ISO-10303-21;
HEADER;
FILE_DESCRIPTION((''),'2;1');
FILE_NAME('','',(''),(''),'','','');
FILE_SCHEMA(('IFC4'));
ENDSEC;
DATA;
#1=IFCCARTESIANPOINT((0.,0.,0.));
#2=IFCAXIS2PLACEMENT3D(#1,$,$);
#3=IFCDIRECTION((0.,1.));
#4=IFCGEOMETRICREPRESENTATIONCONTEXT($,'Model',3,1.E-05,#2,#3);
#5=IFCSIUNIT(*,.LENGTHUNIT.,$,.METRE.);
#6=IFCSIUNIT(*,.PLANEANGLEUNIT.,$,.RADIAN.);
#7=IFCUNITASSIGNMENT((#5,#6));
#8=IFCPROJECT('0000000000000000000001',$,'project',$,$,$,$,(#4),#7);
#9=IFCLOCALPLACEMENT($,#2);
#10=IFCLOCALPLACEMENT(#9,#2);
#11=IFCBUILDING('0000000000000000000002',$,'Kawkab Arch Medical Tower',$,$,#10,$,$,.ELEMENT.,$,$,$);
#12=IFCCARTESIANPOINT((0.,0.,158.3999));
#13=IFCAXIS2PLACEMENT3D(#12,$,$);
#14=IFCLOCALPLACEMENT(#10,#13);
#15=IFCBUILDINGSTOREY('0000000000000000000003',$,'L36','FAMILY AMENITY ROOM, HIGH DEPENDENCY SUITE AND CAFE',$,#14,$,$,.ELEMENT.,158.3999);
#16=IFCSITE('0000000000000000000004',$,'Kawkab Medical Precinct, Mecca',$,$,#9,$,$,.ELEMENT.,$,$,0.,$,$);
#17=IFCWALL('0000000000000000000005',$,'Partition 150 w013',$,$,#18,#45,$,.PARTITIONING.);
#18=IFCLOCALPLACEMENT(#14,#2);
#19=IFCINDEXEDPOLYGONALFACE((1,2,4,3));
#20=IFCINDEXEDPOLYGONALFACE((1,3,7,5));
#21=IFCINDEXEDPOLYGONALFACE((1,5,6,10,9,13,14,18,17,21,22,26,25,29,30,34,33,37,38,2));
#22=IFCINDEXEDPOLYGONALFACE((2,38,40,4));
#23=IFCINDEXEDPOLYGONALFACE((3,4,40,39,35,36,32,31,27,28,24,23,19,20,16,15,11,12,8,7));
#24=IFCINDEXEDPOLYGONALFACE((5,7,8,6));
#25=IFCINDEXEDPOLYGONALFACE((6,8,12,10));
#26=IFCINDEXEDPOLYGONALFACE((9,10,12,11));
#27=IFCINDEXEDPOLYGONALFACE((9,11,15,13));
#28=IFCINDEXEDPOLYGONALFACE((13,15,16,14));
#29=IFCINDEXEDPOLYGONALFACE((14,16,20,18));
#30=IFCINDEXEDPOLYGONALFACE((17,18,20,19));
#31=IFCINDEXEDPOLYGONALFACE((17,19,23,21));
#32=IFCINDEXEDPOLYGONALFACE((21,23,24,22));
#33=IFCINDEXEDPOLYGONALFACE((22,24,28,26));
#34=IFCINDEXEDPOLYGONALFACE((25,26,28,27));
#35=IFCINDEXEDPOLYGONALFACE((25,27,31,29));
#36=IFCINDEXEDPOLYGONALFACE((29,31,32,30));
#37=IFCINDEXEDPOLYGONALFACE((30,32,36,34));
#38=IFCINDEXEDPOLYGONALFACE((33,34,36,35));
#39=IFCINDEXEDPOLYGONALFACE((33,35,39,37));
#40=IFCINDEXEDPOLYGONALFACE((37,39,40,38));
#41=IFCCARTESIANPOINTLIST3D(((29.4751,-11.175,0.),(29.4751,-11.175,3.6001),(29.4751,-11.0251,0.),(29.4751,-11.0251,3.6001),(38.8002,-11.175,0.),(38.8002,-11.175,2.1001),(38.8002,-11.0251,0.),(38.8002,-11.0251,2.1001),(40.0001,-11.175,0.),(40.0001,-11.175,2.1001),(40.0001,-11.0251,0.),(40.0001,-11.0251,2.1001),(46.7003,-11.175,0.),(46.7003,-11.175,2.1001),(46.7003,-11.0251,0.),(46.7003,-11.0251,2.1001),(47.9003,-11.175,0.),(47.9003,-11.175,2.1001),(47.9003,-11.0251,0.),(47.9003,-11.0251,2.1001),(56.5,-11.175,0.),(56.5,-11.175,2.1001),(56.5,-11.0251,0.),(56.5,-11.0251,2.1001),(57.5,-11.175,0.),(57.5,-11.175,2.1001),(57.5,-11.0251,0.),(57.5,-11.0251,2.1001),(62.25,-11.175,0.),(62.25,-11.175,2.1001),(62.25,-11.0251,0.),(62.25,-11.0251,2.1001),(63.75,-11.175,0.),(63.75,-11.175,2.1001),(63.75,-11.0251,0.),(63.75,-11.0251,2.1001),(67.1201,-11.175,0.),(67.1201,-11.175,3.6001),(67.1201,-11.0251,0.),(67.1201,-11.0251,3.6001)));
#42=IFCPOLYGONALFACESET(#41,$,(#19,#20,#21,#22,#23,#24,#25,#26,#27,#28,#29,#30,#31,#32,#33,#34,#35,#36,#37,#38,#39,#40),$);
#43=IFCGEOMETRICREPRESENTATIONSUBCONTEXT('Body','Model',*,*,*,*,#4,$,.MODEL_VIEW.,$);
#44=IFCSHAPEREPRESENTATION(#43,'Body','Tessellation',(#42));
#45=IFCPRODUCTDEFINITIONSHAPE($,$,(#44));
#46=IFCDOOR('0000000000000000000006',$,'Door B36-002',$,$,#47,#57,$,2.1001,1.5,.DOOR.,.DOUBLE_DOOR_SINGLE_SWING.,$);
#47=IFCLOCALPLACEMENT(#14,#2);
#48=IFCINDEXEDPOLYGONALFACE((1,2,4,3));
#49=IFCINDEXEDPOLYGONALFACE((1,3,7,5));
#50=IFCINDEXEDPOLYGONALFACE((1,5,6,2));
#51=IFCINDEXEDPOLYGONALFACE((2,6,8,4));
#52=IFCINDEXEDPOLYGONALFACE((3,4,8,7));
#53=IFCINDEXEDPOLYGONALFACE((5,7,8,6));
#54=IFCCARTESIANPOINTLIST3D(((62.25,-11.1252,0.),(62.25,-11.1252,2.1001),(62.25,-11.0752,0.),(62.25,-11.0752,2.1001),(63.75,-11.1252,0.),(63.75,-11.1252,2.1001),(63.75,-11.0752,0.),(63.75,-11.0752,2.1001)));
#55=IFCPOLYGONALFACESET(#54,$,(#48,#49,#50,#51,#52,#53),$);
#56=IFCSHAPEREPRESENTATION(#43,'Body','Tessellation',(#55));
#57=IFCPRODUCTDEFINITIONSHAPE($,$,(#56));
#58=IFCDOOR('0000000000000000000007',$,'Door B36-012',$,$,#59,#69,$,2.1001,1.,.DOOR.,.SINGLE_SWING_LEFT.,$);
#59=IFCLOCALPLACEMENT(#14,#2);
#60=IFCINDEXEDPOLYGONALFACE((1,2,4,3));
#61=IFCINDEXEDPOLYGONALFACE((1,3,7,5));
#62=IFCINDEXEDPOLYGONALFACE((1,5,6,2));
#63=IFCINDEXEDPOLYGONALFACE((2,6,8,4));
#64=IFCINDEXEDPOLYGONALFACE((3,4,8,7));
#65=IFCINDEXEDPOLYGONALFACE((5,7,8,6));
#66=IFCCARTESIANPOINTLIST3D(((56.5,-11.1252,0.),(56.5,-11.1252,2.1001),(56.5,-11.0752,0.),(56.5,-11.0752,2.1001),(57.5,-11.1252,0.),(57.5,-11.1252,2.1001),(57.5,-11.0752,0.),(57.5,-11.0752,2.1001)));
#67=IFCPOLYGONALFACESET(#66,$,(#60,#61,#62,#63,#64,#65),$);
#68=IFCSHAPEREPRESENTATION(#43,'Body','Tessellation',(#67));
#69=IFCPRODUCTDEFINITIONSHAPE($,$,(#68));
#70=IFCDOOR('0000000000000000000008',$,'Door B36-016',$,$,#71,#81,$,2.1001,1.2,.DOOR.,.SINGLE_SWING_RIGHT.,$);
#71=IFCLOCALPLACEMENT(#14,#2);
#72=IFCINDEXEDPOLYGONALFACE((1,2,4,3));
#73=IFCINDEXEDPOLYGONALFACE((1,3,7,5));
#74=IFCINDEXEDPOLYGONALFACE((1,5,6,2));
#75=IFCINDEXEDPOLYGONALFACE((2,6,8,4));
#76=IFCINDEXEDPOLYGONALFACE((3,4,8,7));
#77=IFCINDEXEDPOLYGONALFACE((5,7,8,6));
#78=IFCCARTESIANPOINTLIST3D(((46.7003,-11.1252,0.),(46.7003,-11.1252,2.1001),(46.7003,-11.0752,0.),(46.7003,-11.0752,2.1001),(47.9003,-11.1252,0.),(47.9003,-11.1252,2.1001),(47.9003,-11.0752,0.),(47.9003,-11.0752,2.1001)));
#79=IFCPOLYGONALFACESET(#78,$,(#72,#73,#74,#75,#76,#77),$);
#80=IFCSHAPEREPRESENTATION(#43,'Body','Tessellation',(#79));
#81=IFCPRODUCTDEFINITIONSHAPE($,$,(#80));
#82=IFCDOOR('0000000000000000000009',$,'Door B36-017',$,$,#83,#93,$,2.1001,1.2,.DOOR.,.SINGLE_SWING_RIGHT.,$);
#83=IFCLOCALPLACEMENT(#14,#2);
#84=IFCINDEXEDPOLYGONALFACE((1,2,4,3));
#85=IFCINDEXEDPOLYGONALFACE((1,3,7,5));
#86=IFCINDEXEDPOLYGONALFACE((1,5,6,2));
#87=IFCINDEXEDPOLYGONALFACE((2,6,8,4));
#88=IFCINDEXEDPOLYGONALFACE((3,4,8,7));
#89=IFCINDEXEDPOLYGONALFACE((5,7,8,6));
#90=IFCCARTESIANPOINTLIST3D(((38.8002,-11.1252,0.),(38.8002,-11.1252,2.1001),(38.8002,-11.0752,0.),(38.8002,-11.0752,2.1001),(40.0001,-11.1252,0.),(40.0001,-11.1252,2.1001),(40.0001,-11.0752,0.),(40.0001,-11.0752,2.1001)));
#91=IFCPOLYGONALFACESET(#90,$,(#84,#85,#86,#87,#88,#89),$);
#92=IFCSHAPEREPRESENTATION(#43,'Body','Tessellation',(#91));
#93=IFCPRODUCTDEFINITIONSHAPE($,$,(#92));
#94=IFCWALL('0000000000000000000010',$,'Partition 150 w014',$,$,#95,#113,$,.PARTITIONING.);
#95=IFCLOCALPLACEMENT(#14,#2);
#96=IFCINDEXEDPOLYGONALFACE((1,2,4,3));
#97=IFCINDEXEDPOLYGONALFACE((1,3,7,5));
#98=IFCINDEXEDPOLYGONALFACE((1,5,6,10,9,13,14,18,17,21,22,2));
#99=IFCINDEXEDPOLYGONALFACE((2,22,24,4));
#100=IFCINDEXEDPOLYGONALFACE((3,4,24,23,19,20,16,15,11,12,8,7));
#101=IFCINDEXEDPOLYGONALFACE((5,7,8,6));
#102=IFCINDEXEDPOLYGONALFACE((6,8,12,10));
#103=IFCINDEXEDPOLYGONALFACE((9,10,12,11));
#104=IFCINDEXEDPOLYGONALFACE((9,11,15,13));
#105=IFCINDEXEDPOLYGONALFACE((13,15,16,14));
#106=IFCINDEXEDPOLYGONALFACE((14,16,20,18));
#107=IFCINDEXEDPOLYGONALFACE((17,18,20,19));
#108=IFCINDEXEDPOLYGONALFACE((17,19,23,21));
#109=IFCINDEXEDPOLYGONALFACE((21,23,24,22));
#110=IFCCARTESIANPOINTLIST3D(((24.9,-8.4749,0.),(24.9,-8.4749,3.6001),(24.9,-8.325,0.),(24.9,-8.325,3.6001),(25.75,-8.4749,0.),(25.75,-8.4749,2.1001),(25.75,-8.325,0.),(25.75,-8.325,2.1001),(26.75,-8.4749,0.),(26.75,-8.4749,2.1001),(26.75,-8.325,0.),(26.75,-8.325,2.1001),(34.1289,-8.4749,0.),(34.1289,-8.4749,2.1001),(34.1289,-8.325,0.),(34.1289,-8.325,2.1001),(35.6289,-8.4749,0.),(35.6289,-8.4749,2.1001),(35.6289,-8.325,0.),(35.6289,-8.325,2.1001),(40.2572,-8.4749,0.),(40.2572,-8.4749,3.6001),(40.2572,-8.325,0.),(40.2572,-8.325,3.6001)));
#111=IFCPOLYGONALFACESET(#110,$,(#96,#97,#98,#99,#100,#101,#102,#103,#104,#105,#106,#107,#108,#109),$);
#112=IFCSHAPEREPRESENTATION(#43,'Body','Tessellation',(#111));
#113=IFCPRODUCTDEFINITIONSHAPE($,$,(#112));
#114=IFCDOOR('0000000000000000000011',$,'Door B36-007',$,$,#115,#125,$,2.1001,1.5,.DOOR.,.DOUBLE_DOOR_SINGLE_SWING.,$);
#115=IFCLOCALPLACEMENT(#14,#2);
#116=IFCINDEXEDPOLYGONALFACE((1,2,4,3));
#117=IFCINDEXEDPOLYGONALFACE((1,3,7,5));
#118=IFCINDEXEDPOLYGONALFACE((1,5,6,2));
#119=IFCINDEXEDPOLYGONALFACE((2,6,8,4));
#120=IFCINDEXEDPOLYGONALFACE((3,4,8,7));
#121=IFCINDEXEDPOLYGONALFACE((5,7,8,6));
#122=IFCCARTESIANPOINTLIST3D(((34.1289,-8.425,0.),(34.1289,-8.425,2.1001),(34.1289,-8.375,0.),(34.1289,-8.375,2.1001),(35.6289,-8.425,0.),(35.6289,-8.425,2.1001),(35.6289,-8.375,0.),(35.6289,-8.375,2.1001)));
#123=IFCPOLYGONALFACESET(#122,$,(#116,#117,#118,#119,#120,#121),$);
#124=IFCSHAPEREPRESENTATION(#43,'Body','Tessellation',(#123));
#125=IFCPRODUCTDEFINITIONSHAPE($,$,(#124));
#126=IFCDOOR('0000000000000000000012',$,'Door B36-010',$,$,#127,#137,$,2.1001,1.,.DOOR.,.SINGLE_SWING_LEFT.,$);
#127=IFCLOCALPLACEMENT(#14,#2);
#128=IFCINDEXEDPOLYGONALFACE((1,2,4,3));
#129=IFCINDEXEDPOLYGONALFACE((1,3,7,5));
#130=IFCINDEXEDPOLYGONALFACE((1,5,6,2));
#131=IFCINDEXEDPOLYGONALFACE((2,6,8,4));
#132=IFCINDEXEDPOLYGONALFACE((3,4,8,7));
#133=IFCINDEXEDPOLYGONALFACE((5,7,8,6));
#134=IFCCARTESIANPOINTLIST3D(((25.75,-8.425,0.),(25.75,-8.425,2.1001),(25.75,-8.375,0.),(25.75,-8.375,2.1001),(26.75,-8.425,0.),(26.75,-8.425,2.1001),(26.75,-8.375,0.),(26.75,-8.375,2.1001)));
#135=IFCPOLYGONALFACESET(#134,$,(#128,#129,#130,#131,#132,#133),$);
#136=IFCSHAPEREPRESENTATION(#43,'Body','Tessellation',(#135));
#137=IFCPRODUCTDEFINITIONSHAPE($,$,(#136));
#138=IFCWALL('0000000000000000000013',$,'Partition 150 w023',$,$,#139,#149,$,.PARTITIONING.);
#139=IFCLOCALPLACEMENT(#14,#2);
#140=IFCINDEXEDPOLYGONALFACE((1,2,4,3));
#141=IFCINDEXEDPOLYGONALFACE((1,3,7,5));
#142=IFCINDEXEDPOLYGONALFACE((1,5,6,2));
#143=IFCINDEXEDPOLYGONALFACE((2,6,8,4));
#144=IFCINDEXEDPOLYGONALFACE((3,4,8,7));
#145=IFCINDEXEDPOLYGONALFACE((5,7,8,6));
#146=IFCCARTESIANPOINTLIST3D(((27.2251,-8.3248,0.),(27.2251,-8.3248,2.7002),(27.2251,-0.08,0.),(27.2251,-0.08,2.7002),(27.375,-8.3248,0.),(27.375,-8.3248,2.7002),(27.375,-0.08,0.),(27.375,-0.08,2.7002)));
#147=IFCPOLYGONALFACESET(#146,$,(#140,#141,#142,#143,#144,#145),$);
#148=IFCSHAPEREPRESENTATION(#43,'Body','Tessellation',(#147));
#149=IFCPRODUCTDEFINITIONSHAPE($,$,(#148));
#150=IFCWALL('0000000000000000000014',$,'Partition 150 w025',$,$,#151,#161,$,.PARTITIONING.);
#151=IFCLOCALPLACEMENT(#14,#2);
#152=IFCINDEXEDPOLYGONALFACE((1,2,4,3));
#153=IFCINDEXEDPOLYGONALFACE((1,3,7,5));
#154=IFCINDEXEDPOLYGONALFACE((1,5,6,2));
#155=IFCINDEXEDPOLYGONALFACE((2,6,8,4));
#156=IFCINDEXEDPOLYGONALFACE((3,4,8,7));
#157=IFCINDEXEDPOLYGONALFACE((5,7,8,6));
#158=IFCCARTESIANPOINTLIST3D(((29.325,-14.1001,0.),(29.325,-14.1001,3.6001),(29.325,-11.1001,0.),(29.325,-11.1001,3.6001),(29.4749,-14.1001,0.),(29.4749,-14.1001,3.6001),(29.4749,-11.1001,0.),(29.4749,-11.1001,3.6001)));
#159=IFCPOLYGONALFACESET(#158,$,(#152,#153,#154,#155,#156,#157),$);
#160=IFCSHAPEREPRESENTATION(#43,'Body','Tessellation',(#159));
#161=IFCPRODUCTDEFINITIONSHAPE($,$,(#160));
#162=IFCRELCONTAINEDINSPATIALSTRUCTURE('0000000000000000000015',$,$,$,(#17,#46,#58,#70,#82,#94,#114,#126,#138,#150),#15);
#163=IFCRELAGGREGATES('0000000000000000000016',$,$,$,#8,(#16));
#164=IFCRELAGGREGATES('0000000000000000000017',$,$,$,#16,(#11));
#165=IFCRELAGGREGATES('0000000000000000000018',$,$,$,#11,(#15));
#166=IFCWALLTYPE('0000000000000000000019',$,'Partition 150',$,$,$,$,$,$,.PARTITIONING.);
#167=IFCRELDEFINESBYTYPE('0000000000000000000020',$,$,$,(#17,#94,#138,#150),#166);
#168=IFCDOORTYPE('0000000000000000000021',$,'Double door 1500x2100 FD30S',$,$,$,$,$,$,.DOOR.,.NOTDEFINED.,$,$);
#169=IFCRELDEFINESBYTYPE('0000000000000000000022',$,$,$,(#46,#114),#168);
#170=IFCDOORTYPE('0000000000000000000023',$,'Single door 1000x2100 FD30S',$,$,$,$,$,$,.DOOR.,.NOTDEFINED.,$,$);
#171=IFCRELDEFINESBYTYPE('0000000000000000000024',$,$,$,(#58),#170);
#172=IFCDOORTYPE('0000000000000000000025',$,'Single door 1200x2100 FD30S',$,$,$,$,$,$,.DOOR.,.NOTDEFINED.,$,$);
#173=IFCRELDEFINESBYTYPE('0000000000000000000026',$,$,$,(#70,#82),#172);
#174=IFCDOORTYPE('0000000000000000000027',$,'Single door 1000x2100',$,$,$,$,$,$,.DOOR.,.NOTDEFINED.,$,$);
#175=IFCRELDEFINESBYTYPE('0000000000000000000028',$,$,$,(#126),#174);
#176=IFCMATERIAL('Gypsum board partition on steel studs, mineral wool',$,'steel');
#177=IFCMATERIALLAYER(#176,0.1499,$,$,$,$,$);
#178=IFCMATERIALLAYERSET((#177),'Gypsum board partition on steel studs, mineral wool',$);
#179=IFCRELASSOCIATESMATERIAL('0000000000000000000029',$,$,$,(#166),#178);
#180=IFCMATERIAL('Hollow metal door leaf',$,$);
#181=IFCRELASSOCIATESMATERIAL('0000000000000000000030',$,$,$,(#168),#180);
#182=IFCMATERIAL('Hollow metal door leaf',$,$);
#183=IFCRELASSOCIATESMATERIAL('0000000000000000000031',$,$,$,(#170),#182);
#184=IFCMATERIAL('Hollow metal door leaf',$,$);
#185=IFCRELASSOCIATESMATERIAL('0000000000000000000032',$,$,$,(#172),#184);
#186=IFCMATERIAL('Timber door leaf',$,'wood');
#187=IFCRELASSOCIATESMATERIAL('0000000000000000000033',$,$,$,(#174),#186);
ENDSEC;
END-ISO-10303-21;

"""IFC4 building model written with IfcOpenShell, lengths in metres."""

from ifc_helpers import new_model, si_unit, direction, frame, frame_2d, origin, place, context, subcontext, project, spatial, rectangle, extrude, material, layer, layer_set, type_object, element, fill, save


model = new_model("IFC4")

# Units and contexts
model_context = context("Model", 3, precision=1e-05, world=origin(), true_north=direction((0.0, 1.0)))
body_context = subcontext(model_context, "Body", "Model", "MODEL_VIEW")
ifc_project = project(units=[si_unit("LENGTHUNIT", "METRE"), si_unit("PLANEANGLEUNIT", "RADIAN")], contexts=[model_context])

# Site, building, storey
site_placement = place(None, origin())
site = spatial("IfcSite", under=ifc_project, at=site_placement, Name="Kawkab Medical Precinct, Mecca", CompositionType="ELEMENT", RefElevation=0.0)
building_placement = place(site_placement, origin())
building = spatial("IfcBuilding", under=site, at=building_placement, Name="Kawkab Arch Medical Tower", CompositionType="ELEMENT")
storey_placement = place(building_placement, frame((0.0, 0.0, 158.3999)))
storey = spatial("IfcBuildingStorey", under=building, at=storey_placement, Name="L36", Description="FAMILY AMENITY ROOM, HIGH DEPENDENCY SUITE AND CAFE", CompositionType="ELEMENT", Elevation=158.3999)

# Walls, openings, doors
ifc_material_1 = material(Name="Gypsum board partition on steel studs, mineral wool", Category="steel")
ifc_layer_1 = layer(ifc_material_1, 0.1499)
ifc_layer_set_1 = layer_set([ifc_layer_1], Name="Gypsum board partition on steel studs, mineral wool")
wall_type_1 = type_object("IfcWallType", Name="Partition 150", PredefinedType="PARTITIONING", material=ifc_layer_set_1)
wall_1_placement = place(storey_placement, frame((29.4751, -11.1001, 0.0), z_axis=(0.0, 0.0, 1.0), x_axis=(1.0, 0.0, 0.0)))
wall_1 = element("IfcWall", 1, at=wall_1_placement, inside=storey, type_object=wall_type_1, Name="Partition 150 w013", PredefinedType="PARTITIONING", context=body_context, shape_type="SweptSolid", body=[
    extrude(rectangle(XDim=37.645, YDim=0.1499, at=frame_2d((18.8225, 0.0))), origin(), (0.0, 0.0, 1.0), 3.6001),
])
opening_1_placement = place(wall_1_placement, frame((17.2251, 0.0, 0.0)))
opening_1 = element("IfcOpeningElement", 2, at=opening_1_placement, cuts=wall_1, PredefinedType="OPENING", context=body_context, shape_type="SweptSolid", body=[
    extrude(rectangle(XDim=1.2, YDim=2.1001, at=frame_2d((0.6001, 1.05))), frame((0.0, 0.085, 0.0), z_axis=(0.0, -1.0, 0.0), x_axis=(1.0, 0.0, 0.0)), (0.0, 0.0, 1.0), 0.1699),
])
opening_2_placement = place(wall_1_placement, frame((9.325, 0.0, 0.0)))
opening_2 = element("IfcOpeningElement", 3, at=opening_2_placement, cuts=wall_1, PredefinedType="OPENING", context=body_context, shape_type="SweptSolid", body=[
    extrude(rectangle(XDim=1.2, YDim=2.1001, at=frame_2d((0.6001, 1.05))), frame((0.0, 0.085, 0.0), z_axis=(0.0, -1.0, 0.0), x_axis=(1.0, 0.0, 0.0)), (0.0, 0.0, 1.0), 0.1699),
])
opening_3_placement = place(wall_1_placement, frame((27.0249, 0.0, 0.0)))
opening_3 = element("IfcOpeningElement", 4, at=opening_3_placement, cuts=wall_1, PredefinedType="OPENING", context=body_context, shape_type="SweptSolid", body=[
    extrude(rectangle(XDim=1.0, YDim=2.1001, at=frame_2d((0.5, 1.05))), frame((0.0, 0.085, 0.0), z_axis=(0.0, -1.0, 0.0), x_axis=(1.0, 0.0, 0.0)), (0.0, 0.0, 1.0), 0.1699),
])
opening_4_placement = place(wall_1_placement, frame((32.7749, 0.0, 0.0)))
opening_4 = element("IfcOpeningElement", 5, at=opening_4_placement, cuts=wall_1, PredefinedType="OPENING", context=body_context, shape_type="SweptSolid", body=[
    extrude(rectangle(XDim=1.5, YDim=2.1001, at=frame_2d((0.75, 1.05))), frame((0.0, 0.085, 0.0), z_axis=(0.0, -1.0, 0.0), x_axis=(1.0, 0.0, 0.0)), (0.0, 0.0, 1.0), 0.1699),
])
ifc_material_2 = material(Name="Hollow metal door leaf")
door_type_1 = type_object("IfcDoorType", Name="Double door 1500x2100 FD30S", OperationType="NOTDEFINED", PredefinedType="DOOR", material=ifc_material_2)
door_1_placement = place(opening_4_placement, origin())
door_1 = element("IfcDoor", 6, at=door_1_placement, inside=storey, type_object=door_type_1, Name="Door B36-002", OperationType="DOUBLE_DOOR_SINGLE_SWING", OverallHeight=2.1001, OverallWidth=1.5, PredefinedType="DOOR", context=body_context, shape_type="SweptSolid", body=[
    extrude(rectangle(XDim=1.5, YDim=2.1001, at=frame_2d((0.75, 1.05))), frame((0.0, 0.0249, 0.0), z_axis=(0.0, -1.0, 0.0), x_axis=(1.0, 0.0, 0.0)), (0.0, 0.0, 1.0), 0.05),
])
fill(opening_4, door_1)
ifc_material_3 = material(Name="Hollow metal door leaf")
door_type_2 = type_object("IfcDoorType", Name="Single door 1000x2100 FD30S", OperationType="NOTDEFINED", PredefinedType="DOOR", material=ifc_material_3)
door_2_placement = place(opening_3_placement, origin())
door_2 = element("IfcDoor", 7, at=door_2_placement, inside=storey, type_object=door_type_2, Name="Door B36-012", OperationType="SINGLE_SWING_LEFT", OverallHeight=2.1001, OverallWidth=1.0, PredefinedType="DOOR", context=body_context, shape_type="SweptSolid", body=[
    extrude(rectangle(XDim=1.0, YDim=2.1001, at=frame_2d((0.5, 1.05))), frame((0.0, 0.0249, 0.0), z_axis=(0.0, -1.0, 0.0), x_axis=(1.0, 0.0, 0.0)), (0.0, 0.0, 1.0), 0.05),
])
fill(opening_3, door_2)
ifc_material_4 = material(Name="Hollow metal door leaf")
door_type_3 = type_object("IfcDoorType", Name="Single door 1200x2100 FD30S", OperationType="NOTDEFINED", PredefinedType="DOOR", material=ifc_material_4)
door_3_placement = place(opening_1_placement, origin())
door_3 = element("IfcDoor", 8, at=door_3_placement, inside=storey, type_object=door_type_3, Name="Door B36-016", OperationType="SINGLE_SWING_RIGHT", OverallHeight=2.1001, OverallWidth=1.2, PredefinedType="DOOR", context=body_context, shape_type="SweptSolid", body=[
    extrude(rectangle(XDim=1.2, YDim=2.1001, at=frame_2d((0.6001, 1.05))), frame((0.0, 0.0249, 0.0), z_axis=(0.0, -1.0, 0.0), x_axis=(1.0, 0.0, 0.0)), (0.0, 0.0, 1.0), 0.05),
])
fill(opening_1, door_3)
door_4_placement = place(opening_2_placement, origin())
door_4 = element("IfcDoor", 9, at=door_4_placement, inside=storey, type_object=door_type_3, Name="Door B36-017", OperationType="SINGLE_SWING_RIGHT", OverallHeight=2.1001, OverallWidth=1.2, PredefinedType="DOOR", context=body_context, shape_type="SweptSolid", body=[
    extrude(rectangle(XDim=1.2, YDim=2.1001, at=frame_2d((0.6001, 1.05))), frame((0.0, 0.0249, 0.0), z_axis=(0.0, -1.0, 0.0), x_axis=(1.0, 0.0, 0.0)), (0.0, 0.0, 1.0), 0.05),
])
fill(opening_2, door_4)
wall_2_placement = place(storey_placement, frame((24.8999, -8.3999, 0.0), z_axis=(0.0, 0.0, 1.0), x_axis=(1.0, 0.0, 0.0)))
wall_2 = element("IfcWall", 10, at=wall_2_placement, inside=storey, type_object=wall_type_1, Name="Partition 150 w014", PredefinedType="PARTITIONING", context=body_context, shape_type="SweptSolid", body=[
    extrude(rectangle(XDim=15.3572, YDim=0.1499, at=frame_2d((7.6787, 0.0))), origin(), (0.0, 0.0, 1.0), 3.6001),
])
opening_5_placement = place(wall_2_placement, frame((0.8501, 0.0, 0.0)))
opening_5 = element("IfcOpeningElement", 11, at=opening_5_placement, cuts=wall_2, PredefinedType="OPENING", context=body_context, shape_type="SweptSolid", body=[
    extrude(rectangle(XDim=1.0, YDim=2.1001, at=frame_2d((0.5, 1.05))), frame((0.0, 0.085, 0.0), z_axis=(0.0, -1.0, 0.0), x_axis=(1.0, 0.0, 0.0)), (0.0, 0.0, 1.0), 0.1699),
])
opening_6_placement = place(wall_2_placement, frame((9.229, 0.0, 0.0)))
opening_6 = element("IfcOpeningElement", 12, at=opening_6_placement, cuts=wall_2, PredefinedType="OPENING", context=body_context, shape_type="SweptSolid", body=[
    extrude(rectangle(XDim=1.5, YDim=2.1001, at=frame_2d((0.75, 1.05))), frame((0.0, 0.085, 0.0), z_axis=(0.0, -1.0, 0.0), x_axis=(1.0, 0.0, 0.0)), (0.0, 0.0, 1.0), 0.1699),
])
door_5_placement = place(opening_6_placement, origin())
door_5 = element("IfcDoor", 13, at=door_5_placement, inside=storey, type_object=door_type_1, Name="Door B36-007", OperationType="DOUBLE_DOOR_SINGLE_SWING", OverallHeight=2.1001, OverallWidth=1.5, PredefinedType="DOOR", context=body_context, shape_type="SweptSolid", body=[
    extrude(rectangle(XDim=1.5, YDim=2.1001, at=frame_2d((0.75, 1.05))), frame((0.0, 0.0249, 0.0), z_axis=(0.0, -1.0, 0.0), x_axis=(1.0, 0.0, 0.0)), (0.0, 0.0, 1.0), 0.05),
])
fill(opening_6, door_5)
ifc_material_5 = material(Name="Timber door leaf", Category="wood")
door_type_4 = type_object("IfcDoorType", Name="Single door 1000x2100", OperationType="NOTDEFINED", PredefinedType="DOOR", material=ifc_material_5)
door_6_placement = place(opening_5_placement, origin())
door_6 = element("IfcDoor", 14, at=door_6_placement, inside=storey, type_object=door_type_4, Name="Door B36-010", OperationType="SINGLE_SWING_LEFT", OverallHeight=2.1001, OverallWidth=1.0, PredefinedType="DOOR", context=body_context, shape_type="SweptSolid", body=[
    extrude(rectangle(XDim=1.0, YDim=2.1001, at=frame_2d((0.5, 1.05))), frame((0.0, 0.0249, 0.0), z_axis=(0.0, -1.0, 0.0), x_axis=(1.0, 0.0, 0.0)), (0.0, 0.0, 1.0), 0.05),
])
fill(opening_5, door_6)

# Walls
wall_3_placement = place(storey_placement, frame((27.3, -8.325, 0.0), z_axis=(0.0, 0.0, 1.0), x_axis=(0.0, 1.0, 0.0)))
element("IfcWall", 15, at=wall_3_placement, inside=storey, type_object=wall_type_1, Name="Partition 150 w023", PredefinedType="PARTITIONING", context=body_context, shape_type="SweptSolid", body=[
    extrude(rectangle(XDim=8.2449, YDim=0.1499, at=frame_2d((4.1226, 0.0))), origin(), (0.0, 0.0, 1.0), 2.7002),
])
wall_4_placement = place(storey_placement, frame((29.3999, -14.1001, 0.0), z_axis=(0.0, 0.0, 1.0), x_axis=(0.0, 1.0, 0.0)))
element("IfcWall", 16, at=wall_4_placement, inside=storey, type_object=wall_type_1, Name="Partition 150 w025", PredefinedType="PARTITIONING", context=body_context, shape_type="SweptSolid", body=[
    extrude(rectangle(XDim=3.0, YDim=0.1499, at=frame_2d((1.5, 0.0))), origin(), (0.0, 0.0, 1.0), 3.6001),
])

save(model, "model.ifc")
